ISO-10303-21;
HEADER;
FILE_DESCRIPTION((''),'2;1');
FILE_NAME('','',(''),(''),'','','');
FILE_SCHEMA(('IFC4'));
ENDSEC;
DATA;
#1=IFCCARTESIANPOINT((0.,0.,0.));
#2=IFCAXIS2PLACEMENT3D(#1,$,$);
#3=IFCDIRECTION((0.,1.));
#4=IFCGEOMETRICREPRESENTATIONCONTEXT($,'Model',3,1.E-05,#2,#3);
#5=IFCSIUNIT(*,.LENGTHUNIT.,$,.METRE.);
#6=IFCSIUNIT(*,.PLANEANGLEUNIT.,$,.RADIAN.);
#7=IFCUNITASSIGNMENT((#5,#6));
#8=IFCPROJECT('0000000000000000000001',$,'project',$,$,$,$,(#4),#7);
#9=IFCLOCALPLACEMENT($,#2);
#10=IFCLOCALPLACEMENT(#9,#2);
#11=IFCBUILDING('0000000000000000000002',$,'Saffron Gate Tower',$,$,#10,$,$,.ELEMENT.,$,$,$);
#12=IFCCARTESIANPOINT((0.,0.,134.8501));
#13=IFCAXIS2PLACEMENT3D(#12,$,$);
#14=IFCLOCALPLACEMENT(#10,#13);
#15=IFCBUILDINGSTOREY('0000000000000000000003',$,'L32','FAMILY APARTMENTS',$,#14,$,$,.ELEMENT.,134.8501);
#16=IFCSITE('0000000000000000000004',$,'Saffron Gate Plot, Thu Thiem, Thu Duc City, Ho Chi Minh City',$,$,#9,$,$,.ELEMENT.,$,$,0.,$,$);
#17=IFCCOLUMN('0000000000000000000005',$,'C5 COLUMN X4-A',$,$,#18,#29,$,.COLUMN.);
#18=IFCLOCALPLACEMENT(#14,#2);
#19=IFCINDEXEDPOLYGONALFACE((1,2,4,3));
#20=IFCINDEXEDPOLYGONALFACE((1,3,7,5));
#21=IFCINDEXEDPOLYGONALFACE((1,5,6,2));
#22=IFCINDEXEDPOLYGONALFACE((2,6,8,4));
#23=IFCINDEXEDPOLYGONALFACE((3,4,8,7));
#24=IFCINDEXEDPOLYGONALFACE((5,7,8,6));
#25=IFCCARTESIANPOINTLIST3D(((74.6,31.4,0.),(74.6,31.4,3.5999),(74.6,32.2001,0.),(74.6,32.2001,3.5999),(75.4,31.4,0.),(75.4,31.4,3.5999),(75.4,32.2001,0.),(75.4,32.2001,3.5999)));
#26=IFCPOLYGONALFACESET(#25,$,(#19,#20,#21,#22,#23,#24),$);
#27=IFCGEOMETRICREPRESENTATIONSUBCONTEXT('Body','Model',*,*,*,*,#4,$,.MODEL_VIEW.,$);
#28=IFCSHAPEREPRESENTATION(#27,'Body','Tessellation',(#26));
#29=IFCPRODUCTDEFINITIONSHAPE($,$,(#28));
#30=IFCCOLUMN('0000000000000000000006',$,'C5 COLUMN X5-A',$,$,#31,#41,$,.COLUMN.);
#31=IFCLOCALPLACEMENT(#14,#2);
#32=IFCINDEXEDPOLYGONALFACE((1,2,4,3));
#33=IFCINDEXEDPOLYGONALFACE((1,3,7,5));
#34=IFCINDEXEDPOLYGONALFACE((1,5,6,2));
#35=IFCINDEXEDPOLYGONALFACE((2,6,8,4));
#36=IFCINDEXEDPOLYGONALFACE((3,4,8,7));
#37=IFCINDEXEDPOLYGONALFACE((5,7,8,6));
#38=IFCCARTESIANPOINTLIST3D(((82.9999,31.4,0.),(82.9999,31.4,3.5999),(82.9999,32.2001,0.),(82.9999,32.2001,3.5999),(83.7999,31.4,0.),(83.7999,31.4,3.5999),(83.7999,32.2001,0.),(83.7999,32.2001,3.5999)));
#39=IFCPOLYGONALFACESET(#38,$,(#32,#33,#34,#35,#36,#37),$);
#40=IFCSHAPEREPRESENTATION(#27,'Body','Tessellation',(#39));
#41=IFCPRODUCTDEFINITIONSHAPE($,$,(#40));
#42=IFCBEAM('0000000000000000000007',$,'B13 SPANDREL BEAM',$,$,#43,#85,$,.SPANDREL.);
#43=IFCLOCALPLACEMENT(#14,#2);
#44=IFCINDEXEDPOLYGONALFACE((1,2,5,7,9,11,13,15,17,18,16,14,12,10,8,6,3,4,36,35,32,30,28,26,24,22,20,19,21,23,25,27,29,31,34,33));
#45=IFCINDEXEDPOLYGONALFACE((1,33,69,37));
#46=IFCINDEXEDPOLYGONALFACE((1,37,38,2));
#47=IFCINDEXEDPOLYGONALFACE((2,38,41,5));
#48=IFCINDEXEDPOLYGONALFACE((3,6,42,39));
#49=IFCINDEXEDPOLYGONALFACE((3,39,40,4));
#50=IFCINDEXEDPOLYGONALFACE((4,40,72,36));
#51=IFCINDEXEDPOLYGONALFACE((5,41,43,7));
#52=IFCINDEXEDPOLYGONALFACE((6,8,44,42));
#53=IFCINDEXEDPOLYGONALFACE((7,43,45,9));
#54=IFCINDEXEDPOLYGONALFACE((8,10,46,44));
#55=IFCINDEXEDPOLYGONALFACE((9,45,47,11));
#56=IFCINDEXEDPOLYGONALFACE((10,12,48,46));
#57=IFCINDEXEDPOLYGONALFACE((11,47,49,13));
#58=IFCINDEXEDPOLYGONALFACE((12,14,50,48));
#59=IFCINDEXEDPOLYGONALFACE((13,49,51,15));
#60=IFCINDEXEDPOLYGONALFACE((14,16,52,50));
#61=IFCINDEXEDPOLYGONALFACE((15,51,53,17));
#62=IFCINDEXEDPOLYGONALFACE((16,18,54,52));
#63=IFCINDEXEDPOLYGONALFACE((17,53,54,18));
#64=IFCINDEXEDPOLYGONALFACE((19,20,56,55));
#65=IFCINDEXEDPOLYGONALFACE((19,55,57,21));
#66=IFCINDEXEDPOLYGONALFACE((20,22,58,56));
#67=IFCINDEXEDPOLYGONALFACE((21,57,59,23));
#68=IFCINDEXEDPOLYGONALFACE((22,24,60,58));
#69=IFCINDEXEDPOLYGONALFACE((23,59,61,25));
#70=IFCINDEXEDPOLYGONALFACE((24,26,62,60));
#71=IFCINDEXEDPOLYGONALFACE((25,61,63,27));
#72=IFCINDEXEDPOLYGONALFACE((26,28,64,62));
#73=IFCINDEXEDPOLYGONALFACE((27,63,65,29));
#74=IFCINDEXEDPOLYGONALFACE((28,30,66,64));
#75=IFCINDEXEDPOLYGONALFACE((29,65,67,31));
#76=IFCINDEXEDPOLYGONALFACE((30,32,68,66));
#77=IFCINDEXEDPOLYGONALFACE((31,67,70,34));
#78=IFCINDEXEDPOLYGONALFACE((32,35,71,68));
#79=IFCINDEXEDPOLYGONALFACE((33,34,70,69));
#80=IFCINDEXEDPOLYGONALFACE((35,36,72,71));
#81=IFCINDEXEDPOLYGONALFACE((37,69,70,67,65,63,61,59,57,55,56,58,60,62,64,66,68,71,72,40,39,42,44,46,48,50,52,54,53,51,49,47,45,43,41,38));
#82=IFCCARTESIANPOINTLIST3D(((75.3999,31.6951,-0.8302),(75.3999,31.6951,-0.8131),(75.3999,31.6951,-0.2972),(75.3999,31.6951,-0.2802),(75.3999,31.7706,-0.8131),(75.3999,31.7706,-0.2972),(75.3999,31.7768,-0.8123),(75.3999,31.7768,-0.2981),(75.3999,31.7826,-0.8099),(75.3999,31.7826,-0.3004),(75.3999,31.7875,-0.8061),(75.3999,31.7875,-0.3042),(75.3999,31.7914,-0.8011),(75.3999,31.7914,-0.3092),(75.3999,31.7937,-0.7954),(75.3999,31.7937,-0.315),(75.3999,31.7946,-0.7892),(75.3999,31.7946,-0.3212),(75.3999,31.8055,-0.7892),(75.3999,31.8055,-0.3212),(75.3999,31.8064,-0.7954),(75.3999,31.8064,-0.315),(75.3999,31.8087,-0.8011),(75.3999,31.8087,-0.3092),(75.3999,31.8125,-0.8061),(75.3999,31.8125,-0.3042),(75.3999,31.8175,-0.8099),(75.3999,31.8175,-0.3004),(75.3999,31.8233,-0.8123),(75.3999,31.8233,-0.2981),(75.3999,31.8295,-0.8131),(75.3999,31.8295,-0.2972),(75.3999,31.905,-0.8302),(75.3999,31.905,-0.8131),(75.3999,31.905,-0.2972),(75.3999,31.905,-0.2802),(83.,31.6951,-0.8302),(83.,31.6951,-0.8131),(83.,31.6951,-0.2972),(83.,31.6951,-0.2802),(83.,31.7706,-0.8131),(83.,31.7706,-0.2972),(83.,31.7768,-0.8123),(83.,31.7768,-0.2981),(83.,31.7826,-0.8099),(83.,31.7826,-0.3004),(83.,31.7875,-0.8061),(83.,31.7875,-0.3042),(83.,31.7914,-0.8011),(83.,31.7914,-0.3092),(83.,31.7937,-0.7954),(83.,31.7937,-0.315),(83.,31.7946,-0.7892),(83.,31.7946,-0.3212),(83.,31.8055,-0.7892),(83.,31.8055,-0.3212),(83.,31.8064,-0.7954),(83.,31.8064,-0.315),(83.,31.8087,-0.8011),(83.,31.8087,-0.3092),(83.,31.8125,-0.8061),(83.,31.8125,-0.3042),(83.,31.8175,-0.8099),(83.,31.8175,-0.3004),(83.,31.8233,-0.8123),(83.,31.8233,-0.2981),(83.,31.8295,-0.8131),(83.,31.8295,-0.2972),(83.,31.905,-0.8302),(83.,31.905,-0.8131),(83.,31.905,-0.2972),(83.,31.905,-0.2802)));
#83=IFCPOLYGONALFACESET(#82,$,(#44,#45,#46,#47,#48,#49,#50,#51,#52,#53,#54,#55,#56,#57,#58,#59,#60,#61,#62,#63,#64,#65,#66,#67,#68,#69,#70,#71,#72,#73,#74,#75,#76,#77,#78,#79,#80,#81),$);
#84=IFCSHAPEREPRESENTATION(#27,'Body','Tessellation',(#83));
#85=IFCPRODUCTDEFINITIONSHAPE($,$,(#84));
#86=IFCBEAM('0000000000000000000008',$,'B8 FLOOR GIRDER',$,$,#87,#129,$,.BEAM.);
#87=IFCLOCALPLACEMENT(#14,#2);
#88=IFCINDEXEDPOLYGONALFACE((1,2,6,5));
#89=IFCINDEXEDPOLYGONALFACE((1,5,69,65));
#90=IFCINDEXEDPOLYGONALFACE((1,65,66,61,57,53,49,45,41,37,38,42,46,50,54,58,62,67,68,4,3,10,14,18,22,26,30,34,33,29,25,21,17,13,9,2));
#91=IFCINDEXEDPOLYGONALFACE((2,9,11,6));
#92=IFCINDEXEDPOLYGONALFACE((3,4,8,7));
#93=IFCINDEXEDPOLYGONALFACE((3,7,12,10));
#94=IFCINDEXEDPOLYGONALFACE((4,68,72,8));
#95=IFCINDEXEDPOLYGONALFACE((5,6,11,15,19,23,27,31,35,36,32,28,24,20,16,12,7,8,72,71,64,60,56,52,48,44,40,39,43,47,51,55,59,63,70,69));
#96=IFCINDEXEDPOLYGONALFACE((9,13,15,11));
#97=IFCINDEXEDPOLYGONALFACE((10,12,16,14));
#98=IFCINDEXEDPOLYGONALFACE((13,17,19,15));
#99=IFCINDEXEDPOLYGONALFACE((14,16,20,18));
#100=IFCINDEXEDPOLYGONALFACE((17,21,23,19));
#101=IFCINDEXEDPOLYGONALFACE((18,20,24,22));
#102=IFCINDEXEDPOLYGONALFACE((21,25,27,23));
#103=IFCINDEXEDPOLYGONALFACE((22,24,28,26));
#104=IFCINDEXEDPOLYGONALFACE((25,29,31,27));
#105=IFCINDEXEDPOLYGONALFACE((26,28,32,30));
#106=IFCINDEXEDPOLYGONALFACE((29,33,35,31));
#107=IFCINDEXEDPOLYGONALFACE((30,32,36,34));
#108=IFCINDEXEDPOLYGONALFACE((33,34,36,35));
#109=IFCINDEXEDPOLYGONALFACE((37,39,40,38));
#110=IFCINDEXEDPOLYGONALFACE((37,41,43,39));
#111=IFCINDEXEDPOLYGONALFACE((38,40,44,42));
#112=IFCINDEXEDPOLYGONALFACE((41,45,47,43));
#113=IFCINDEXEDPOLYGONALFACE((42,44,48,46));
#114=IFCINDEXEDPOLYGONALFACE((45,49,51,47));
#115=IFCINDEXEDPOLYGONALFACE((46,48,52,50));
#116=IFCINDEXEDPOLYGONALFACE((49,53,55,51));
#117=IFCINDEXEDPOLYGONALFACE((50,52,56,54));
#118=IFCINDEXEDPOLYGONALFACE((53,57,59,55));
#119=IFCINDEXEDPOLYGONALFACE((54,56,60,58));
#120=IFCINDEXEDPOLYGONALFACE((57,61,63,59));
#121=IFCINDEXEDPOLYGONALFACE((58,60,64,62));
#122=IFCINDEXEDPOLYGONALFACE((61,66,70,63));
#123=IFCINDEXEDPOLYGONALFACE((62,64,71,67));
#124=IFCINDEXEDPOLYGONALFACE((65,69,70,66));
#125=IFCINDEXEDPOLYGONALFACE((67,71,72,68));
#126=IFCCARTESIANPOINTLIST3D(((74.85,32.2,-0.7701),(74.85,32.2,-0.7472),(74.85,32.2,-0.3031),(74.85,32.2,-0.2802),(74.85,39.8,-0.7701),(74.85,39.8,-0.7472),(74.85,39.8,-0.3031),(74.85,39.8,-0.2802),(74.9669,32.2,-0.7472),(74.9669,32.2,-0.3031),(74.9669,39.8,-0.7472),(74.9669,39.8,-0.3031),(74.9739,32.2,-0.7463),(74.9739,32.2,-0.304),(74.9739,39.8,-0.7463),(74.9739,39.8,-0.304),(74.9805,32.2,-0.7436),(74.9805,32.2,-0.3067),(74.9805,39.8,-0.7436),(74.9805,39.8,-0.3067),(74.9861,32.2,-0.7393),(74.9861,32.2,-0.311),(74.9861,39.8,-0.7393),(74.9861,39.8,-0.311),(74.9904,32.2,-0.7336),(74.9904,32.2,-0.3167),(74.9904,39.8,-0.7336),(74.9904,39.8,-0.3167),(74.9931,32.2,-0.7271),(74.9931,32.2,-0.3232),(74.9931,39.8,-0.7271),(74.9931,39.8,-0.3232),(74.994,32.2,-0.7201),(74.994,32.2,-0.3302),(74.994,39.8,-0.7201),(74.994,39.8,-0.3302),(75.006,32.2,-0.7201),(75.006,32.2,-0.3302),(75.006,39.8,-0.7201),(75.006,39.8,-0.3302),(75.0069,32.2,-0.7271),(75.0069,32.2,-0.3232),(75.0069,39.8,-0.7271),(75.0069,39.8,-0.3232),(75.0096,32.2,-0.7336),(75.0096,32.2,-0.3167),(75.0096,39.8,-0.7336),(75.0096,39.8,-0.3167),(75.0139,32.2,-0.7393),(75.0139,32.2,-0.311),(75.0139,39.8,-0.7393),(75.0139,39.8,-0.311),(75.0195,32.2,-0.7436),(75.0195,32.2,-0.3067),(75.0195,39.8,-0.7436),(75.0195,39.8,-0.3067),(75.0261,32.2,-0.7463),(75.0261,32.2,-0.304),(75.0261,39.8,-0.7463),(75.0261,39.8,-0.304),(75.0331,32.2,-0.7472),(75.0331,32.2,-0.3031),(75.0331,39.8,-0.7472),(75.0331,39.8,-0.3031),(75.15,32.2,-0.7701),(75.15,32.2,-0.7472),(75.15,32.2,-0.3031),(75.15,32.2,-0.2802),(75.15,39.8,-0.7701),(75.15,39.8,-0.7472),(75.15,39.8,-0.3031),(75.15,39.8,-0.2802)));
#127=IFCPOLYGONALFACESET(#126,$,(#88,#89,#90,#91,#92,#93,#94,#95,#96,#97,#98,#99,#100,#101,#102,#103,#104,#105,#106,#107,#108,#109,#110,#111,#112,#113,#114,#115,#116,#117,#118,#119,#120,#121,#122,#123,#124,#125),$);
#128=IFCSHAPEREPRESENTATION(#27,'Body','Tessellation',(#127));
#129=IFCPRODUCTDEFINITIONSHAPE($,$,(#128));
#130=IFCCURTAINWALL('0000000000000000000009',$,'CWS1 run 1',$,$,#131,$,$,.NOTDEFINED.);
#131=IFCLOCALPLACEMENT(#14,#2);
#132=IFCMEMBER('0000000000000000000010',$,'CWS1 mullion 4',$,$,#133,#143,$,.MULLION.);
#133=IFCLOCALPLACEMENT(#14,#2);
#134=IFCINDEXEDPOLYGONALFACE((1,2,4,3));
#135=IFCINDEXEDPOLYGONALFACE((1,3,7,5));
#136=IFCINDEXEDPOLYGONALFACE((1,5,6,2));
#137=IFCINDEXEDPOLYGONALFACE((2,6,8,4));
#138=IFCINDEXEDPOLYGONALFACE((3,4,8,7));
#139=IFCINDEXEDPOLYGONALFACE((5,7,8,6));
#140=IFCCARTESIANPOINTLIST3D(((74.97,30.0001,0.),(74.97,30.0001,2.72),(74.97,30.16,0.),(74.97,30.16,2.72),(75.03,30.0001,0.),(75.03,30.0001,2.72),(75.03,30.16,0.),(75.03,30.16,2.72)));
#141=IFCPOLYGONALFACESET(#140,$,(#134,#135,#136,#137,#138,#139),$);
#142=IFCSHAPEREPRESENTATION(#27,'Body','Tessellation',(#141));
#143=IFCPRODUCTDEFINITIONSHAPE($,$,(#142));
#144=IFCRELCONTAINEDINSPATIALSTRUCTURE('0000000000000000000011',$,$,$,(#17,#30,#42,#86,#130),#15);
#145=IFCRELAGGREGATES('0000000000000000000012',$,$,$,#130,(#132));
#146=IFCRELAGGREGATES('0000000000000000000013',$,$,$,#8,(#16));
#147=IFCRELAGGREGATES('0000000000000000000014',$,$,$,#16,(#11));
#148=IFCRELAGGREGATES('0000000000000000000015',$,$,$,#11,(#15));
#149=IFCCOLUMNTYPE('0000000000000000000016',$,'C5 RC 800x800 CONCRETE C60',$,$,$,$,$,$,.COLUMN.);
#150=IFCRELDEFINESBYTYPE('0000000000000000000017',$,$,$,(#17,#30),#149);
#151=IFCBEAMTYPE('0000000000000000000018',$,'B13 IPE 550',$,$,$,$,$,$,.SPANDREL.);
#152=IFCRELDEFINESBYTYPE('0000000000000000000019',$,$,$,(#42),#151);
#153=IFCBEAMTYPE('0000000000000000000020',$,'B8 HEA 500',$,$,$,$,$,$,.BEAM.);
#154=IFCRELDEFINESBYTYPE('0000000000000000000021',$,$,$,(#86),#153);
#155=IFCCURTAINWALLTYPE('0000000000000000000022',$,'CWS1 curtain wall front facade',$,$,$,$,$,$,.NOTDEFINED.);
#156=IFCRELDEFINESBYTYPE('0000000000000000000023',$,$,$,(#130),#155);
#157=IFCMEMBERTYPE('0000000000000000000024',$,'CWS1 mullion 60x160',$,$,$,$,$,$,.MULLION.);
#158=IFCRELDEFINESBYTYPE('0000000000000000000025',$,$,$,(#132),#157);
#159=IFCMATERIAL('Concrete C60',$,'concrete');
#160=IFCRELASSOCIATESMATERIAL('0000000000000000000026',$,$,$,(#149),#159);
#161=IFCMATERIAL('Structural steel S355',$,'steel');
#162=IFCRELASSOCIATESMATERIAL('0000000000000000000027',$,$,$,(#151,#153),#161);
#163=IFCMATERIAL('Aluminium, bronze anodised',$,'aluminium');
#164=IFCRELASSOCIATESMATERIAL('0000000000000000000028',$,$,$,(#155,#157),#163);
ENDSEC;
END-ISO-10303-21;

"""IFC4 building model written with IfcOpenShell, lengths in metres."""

from ifc_helpers import new_model, si_unit, direction, frame, origin, origin_2d, place, context, subcontext, project, spatial, rectangle, i_section, extrude, material, material_profile, profile_set, type_object, element, aggregate, save


model = new_model("IFC4")

# Units and contexts
model_context = context("Model", 3, precision=1e-05, world=origin(), true_north=direction((0.0, 1.0)))
body_context = subcontext(model_context, "Body", "Model", "MODEL_VIEW")
ifc_project = project(units=[si_unit("LENGTHUNIT", "METRE"), si_unit("PLANEANGLEUNIT", "RADIAN")], contexts=[model_context])

# Site, building, storey
site_placement = place(None, origin())
site = spatial("IfcSite", under=ifc_project, at=site_placement, Name="Saffron Gate Plot, Thu Thiem, Thu Duc City, Ho Chi Minh City", CompositionType="ELEMENT", RefElevation=0.0)
building_placement = place(site_placement, origin())
building = spatial("IfcBuilding", under=site, at=building_placement, Name="Saffron Gate Tower", CompositionType="ELEMENT")
storey_placement = place(building_placement, frame((0.0, 0.0, 134.8501)))
storey = spatial("IfcBuildingStorey", under=building, at=storey_placement, Name="L32", Description="FAMILY APARTMENTS", CompositionType="ELEMENT", Elevation=134.8501)

# Columns
ifc_material_1 = material(Name="Concrete C60", Category="concrete")
ifc_material_profile_1 = material_profile(ifc_material_1, rectangle(XDim=0.8, YDim=0.8, at=origin_2d()))
ifc_profile_set_1 = profile_set([ifc_material_profile_1], Name="Concrete C60")
column_type = type_object("IfcColumnType", Name="C5 RC 800x800 CONCRETE C60", PredefinedType="COLUMN", material=ifc_profile_set_1)
for number, where, z_axis, x_axis, name in (
    (1, (75.0, 31.8, 0.0), (0.0, 0.0, 1.0), (1.0, 0.0, 0.0), "C5 COLUMN X4-A"),
    (2, (83.3999, 31.8, 0.0), (0.0, 0.0, 1.0), (1.0, 0.0, 0.0), "C5 COLUMN X5-A"),
):
    element("IfcColumn", number, at=place(storey_placement, frame(where, z_axis=z_axis, x_axis=x_axis)), inside=storey, type_object=column_type, Name=name, PredefinedType="COLUMN", context=body_context, shape_type="SweptSolid", body=[
        extrude(rectangle(XDim=0.8, YDim=0.8, at=origin_2d()), origin(), (0.0, 0.0, 1.0), 3.5999),
    ])

# Beams
ifc_material_2 = material(Name="Structural steel S355", Category="steel")
ifc_material_profile_2 = material_profile(ifc_material_2, i_section(OverallWidth=0.21, OverallDepth=0.55, WebThickness=0.011, FlangeThickness=0.0171, FilletRadius=0.0239, at=origin_2d()))
ifc_profile_set_2 = profile_set([ifc_material_profile_2], Name="Structural steel S355")
beam_type_1 = type_object("IfcBeamType", Name="B13 IPE 550", PredefinedType="SPANDREL", material=ifc_profile_set_2)
beam_1_placement = place(storey_placement, frame((75.3999, 31.8, -0.5552), z_axis=(1.0, 0.0, 0.0), x_axis=(0.0, 1.0, 0.0)))
element("IfcBeam", 3, at=beam_1_placement, inside=storey, type_object=beam_type_1, Name="B13 SPANDREL BEAM", PredefinedType="SPANDREL", context=body_context, shape_type="SweptSolid", body=[
    extrude(i_section(OverallWidth=0.21, OverallDepth=0.55, WebThickness=0.011, FlangeThickness=0.0171, FilletRadius=0.0239, at=origin_2d()), origin(), (0.0, 0.0, 1.0), 7.6001),
])
ifc_material_profile_3 = material_profile(ifc_material_2, i_section(OverallWidth=0.3, OverallDepth=0.49, WebThickness=0.012, FlangeThickness=0.0229, FilletRadius=0.0271, at=origin_2d()))
ifc_profile_set_3 = profile_set([ifc_material_profile_3], Name="Structural steel S355")
beam_type_2 = type_object("IfcBeamType", Name="B8 HEA 500", PredefinedType="BEAM", material=ifc_profile_set_3)
beam_2_placement = place(storey_placement, frame((75.0, 32.2, -0.5251), z_axis=(0.0, 1.0, 0.0), x_axis=(-1.0, 0.0, 0.0)))
element("IfcBeam", 4, at=beam_2_placement, inside=storey, type_object=beam_type_2, Name="B8 FLOOR GIRDER", PredefinedType="BEAM", context=body_context, shape_type="SweptSolid", body=[
    extrude(i_section(OverallWidth=0.3, OverallDepth=0.49, WebThickness=0.012, FlangeThickness=0.0229, FilletRadius=0.0271, at=origin_2d()), origin(), (0.0, 0.0, 1.0), 7.6001),
])

# Curtain wall, member
ifc_material_3 = material(Name="Aluminium, bronze anodised", Category="aluminium")
curtain_wall_type = type_object("IfcCurtainWallType", Name="CWS1 curtain wall front facade", PredefinedType="NOTDEFINED", material=ifc_material_3)
curtain_wall_placement = place(storey_placement, origin())
curtain_wall = element("IfcCurtainWall", 5, at=curtain_wall_placement, inside=storey, type_object=curtain_wall_type, Name="CWS1 run 1", PredefinedType="NOTDEFINED")
ifc_material_profile_4 = material_profile(ifc_material_3, rectangle(XDim=0.1599, YDim=0.0601, at=origin_2d()))
ifc_profile_set_4 = profile_set([ifc_material_profile_4], Name="Aluminium, bronze anodised")
member_type = type_object("IfcMemberType", Name="CWS1 mullion 60x160", PredefinedType="MULLION", material=ifc_profile_set_4)
member_placement = place(storey_placement, frame((75.0, 30.0801, 0.0), z_axis=(0.0, 0.0, 1.0), x_axis=(0.0, 1.0, 0.0)))
member = element("IfcMember", 6, at=member_placement, type_object=member_type, Name="CWS1 mullion 4", PredefinedType="MULLION", context=body_context, shape_type="SweptSolid", body=[
    extrude(rectangle(XDim=0.1599, YDim=0.0601, at=origin_2d()), origin(), (0.0, 0.0, 1.0), 2.72),
])
aggregate(curtain_wall, [member])

save(model, "model.ifc")
